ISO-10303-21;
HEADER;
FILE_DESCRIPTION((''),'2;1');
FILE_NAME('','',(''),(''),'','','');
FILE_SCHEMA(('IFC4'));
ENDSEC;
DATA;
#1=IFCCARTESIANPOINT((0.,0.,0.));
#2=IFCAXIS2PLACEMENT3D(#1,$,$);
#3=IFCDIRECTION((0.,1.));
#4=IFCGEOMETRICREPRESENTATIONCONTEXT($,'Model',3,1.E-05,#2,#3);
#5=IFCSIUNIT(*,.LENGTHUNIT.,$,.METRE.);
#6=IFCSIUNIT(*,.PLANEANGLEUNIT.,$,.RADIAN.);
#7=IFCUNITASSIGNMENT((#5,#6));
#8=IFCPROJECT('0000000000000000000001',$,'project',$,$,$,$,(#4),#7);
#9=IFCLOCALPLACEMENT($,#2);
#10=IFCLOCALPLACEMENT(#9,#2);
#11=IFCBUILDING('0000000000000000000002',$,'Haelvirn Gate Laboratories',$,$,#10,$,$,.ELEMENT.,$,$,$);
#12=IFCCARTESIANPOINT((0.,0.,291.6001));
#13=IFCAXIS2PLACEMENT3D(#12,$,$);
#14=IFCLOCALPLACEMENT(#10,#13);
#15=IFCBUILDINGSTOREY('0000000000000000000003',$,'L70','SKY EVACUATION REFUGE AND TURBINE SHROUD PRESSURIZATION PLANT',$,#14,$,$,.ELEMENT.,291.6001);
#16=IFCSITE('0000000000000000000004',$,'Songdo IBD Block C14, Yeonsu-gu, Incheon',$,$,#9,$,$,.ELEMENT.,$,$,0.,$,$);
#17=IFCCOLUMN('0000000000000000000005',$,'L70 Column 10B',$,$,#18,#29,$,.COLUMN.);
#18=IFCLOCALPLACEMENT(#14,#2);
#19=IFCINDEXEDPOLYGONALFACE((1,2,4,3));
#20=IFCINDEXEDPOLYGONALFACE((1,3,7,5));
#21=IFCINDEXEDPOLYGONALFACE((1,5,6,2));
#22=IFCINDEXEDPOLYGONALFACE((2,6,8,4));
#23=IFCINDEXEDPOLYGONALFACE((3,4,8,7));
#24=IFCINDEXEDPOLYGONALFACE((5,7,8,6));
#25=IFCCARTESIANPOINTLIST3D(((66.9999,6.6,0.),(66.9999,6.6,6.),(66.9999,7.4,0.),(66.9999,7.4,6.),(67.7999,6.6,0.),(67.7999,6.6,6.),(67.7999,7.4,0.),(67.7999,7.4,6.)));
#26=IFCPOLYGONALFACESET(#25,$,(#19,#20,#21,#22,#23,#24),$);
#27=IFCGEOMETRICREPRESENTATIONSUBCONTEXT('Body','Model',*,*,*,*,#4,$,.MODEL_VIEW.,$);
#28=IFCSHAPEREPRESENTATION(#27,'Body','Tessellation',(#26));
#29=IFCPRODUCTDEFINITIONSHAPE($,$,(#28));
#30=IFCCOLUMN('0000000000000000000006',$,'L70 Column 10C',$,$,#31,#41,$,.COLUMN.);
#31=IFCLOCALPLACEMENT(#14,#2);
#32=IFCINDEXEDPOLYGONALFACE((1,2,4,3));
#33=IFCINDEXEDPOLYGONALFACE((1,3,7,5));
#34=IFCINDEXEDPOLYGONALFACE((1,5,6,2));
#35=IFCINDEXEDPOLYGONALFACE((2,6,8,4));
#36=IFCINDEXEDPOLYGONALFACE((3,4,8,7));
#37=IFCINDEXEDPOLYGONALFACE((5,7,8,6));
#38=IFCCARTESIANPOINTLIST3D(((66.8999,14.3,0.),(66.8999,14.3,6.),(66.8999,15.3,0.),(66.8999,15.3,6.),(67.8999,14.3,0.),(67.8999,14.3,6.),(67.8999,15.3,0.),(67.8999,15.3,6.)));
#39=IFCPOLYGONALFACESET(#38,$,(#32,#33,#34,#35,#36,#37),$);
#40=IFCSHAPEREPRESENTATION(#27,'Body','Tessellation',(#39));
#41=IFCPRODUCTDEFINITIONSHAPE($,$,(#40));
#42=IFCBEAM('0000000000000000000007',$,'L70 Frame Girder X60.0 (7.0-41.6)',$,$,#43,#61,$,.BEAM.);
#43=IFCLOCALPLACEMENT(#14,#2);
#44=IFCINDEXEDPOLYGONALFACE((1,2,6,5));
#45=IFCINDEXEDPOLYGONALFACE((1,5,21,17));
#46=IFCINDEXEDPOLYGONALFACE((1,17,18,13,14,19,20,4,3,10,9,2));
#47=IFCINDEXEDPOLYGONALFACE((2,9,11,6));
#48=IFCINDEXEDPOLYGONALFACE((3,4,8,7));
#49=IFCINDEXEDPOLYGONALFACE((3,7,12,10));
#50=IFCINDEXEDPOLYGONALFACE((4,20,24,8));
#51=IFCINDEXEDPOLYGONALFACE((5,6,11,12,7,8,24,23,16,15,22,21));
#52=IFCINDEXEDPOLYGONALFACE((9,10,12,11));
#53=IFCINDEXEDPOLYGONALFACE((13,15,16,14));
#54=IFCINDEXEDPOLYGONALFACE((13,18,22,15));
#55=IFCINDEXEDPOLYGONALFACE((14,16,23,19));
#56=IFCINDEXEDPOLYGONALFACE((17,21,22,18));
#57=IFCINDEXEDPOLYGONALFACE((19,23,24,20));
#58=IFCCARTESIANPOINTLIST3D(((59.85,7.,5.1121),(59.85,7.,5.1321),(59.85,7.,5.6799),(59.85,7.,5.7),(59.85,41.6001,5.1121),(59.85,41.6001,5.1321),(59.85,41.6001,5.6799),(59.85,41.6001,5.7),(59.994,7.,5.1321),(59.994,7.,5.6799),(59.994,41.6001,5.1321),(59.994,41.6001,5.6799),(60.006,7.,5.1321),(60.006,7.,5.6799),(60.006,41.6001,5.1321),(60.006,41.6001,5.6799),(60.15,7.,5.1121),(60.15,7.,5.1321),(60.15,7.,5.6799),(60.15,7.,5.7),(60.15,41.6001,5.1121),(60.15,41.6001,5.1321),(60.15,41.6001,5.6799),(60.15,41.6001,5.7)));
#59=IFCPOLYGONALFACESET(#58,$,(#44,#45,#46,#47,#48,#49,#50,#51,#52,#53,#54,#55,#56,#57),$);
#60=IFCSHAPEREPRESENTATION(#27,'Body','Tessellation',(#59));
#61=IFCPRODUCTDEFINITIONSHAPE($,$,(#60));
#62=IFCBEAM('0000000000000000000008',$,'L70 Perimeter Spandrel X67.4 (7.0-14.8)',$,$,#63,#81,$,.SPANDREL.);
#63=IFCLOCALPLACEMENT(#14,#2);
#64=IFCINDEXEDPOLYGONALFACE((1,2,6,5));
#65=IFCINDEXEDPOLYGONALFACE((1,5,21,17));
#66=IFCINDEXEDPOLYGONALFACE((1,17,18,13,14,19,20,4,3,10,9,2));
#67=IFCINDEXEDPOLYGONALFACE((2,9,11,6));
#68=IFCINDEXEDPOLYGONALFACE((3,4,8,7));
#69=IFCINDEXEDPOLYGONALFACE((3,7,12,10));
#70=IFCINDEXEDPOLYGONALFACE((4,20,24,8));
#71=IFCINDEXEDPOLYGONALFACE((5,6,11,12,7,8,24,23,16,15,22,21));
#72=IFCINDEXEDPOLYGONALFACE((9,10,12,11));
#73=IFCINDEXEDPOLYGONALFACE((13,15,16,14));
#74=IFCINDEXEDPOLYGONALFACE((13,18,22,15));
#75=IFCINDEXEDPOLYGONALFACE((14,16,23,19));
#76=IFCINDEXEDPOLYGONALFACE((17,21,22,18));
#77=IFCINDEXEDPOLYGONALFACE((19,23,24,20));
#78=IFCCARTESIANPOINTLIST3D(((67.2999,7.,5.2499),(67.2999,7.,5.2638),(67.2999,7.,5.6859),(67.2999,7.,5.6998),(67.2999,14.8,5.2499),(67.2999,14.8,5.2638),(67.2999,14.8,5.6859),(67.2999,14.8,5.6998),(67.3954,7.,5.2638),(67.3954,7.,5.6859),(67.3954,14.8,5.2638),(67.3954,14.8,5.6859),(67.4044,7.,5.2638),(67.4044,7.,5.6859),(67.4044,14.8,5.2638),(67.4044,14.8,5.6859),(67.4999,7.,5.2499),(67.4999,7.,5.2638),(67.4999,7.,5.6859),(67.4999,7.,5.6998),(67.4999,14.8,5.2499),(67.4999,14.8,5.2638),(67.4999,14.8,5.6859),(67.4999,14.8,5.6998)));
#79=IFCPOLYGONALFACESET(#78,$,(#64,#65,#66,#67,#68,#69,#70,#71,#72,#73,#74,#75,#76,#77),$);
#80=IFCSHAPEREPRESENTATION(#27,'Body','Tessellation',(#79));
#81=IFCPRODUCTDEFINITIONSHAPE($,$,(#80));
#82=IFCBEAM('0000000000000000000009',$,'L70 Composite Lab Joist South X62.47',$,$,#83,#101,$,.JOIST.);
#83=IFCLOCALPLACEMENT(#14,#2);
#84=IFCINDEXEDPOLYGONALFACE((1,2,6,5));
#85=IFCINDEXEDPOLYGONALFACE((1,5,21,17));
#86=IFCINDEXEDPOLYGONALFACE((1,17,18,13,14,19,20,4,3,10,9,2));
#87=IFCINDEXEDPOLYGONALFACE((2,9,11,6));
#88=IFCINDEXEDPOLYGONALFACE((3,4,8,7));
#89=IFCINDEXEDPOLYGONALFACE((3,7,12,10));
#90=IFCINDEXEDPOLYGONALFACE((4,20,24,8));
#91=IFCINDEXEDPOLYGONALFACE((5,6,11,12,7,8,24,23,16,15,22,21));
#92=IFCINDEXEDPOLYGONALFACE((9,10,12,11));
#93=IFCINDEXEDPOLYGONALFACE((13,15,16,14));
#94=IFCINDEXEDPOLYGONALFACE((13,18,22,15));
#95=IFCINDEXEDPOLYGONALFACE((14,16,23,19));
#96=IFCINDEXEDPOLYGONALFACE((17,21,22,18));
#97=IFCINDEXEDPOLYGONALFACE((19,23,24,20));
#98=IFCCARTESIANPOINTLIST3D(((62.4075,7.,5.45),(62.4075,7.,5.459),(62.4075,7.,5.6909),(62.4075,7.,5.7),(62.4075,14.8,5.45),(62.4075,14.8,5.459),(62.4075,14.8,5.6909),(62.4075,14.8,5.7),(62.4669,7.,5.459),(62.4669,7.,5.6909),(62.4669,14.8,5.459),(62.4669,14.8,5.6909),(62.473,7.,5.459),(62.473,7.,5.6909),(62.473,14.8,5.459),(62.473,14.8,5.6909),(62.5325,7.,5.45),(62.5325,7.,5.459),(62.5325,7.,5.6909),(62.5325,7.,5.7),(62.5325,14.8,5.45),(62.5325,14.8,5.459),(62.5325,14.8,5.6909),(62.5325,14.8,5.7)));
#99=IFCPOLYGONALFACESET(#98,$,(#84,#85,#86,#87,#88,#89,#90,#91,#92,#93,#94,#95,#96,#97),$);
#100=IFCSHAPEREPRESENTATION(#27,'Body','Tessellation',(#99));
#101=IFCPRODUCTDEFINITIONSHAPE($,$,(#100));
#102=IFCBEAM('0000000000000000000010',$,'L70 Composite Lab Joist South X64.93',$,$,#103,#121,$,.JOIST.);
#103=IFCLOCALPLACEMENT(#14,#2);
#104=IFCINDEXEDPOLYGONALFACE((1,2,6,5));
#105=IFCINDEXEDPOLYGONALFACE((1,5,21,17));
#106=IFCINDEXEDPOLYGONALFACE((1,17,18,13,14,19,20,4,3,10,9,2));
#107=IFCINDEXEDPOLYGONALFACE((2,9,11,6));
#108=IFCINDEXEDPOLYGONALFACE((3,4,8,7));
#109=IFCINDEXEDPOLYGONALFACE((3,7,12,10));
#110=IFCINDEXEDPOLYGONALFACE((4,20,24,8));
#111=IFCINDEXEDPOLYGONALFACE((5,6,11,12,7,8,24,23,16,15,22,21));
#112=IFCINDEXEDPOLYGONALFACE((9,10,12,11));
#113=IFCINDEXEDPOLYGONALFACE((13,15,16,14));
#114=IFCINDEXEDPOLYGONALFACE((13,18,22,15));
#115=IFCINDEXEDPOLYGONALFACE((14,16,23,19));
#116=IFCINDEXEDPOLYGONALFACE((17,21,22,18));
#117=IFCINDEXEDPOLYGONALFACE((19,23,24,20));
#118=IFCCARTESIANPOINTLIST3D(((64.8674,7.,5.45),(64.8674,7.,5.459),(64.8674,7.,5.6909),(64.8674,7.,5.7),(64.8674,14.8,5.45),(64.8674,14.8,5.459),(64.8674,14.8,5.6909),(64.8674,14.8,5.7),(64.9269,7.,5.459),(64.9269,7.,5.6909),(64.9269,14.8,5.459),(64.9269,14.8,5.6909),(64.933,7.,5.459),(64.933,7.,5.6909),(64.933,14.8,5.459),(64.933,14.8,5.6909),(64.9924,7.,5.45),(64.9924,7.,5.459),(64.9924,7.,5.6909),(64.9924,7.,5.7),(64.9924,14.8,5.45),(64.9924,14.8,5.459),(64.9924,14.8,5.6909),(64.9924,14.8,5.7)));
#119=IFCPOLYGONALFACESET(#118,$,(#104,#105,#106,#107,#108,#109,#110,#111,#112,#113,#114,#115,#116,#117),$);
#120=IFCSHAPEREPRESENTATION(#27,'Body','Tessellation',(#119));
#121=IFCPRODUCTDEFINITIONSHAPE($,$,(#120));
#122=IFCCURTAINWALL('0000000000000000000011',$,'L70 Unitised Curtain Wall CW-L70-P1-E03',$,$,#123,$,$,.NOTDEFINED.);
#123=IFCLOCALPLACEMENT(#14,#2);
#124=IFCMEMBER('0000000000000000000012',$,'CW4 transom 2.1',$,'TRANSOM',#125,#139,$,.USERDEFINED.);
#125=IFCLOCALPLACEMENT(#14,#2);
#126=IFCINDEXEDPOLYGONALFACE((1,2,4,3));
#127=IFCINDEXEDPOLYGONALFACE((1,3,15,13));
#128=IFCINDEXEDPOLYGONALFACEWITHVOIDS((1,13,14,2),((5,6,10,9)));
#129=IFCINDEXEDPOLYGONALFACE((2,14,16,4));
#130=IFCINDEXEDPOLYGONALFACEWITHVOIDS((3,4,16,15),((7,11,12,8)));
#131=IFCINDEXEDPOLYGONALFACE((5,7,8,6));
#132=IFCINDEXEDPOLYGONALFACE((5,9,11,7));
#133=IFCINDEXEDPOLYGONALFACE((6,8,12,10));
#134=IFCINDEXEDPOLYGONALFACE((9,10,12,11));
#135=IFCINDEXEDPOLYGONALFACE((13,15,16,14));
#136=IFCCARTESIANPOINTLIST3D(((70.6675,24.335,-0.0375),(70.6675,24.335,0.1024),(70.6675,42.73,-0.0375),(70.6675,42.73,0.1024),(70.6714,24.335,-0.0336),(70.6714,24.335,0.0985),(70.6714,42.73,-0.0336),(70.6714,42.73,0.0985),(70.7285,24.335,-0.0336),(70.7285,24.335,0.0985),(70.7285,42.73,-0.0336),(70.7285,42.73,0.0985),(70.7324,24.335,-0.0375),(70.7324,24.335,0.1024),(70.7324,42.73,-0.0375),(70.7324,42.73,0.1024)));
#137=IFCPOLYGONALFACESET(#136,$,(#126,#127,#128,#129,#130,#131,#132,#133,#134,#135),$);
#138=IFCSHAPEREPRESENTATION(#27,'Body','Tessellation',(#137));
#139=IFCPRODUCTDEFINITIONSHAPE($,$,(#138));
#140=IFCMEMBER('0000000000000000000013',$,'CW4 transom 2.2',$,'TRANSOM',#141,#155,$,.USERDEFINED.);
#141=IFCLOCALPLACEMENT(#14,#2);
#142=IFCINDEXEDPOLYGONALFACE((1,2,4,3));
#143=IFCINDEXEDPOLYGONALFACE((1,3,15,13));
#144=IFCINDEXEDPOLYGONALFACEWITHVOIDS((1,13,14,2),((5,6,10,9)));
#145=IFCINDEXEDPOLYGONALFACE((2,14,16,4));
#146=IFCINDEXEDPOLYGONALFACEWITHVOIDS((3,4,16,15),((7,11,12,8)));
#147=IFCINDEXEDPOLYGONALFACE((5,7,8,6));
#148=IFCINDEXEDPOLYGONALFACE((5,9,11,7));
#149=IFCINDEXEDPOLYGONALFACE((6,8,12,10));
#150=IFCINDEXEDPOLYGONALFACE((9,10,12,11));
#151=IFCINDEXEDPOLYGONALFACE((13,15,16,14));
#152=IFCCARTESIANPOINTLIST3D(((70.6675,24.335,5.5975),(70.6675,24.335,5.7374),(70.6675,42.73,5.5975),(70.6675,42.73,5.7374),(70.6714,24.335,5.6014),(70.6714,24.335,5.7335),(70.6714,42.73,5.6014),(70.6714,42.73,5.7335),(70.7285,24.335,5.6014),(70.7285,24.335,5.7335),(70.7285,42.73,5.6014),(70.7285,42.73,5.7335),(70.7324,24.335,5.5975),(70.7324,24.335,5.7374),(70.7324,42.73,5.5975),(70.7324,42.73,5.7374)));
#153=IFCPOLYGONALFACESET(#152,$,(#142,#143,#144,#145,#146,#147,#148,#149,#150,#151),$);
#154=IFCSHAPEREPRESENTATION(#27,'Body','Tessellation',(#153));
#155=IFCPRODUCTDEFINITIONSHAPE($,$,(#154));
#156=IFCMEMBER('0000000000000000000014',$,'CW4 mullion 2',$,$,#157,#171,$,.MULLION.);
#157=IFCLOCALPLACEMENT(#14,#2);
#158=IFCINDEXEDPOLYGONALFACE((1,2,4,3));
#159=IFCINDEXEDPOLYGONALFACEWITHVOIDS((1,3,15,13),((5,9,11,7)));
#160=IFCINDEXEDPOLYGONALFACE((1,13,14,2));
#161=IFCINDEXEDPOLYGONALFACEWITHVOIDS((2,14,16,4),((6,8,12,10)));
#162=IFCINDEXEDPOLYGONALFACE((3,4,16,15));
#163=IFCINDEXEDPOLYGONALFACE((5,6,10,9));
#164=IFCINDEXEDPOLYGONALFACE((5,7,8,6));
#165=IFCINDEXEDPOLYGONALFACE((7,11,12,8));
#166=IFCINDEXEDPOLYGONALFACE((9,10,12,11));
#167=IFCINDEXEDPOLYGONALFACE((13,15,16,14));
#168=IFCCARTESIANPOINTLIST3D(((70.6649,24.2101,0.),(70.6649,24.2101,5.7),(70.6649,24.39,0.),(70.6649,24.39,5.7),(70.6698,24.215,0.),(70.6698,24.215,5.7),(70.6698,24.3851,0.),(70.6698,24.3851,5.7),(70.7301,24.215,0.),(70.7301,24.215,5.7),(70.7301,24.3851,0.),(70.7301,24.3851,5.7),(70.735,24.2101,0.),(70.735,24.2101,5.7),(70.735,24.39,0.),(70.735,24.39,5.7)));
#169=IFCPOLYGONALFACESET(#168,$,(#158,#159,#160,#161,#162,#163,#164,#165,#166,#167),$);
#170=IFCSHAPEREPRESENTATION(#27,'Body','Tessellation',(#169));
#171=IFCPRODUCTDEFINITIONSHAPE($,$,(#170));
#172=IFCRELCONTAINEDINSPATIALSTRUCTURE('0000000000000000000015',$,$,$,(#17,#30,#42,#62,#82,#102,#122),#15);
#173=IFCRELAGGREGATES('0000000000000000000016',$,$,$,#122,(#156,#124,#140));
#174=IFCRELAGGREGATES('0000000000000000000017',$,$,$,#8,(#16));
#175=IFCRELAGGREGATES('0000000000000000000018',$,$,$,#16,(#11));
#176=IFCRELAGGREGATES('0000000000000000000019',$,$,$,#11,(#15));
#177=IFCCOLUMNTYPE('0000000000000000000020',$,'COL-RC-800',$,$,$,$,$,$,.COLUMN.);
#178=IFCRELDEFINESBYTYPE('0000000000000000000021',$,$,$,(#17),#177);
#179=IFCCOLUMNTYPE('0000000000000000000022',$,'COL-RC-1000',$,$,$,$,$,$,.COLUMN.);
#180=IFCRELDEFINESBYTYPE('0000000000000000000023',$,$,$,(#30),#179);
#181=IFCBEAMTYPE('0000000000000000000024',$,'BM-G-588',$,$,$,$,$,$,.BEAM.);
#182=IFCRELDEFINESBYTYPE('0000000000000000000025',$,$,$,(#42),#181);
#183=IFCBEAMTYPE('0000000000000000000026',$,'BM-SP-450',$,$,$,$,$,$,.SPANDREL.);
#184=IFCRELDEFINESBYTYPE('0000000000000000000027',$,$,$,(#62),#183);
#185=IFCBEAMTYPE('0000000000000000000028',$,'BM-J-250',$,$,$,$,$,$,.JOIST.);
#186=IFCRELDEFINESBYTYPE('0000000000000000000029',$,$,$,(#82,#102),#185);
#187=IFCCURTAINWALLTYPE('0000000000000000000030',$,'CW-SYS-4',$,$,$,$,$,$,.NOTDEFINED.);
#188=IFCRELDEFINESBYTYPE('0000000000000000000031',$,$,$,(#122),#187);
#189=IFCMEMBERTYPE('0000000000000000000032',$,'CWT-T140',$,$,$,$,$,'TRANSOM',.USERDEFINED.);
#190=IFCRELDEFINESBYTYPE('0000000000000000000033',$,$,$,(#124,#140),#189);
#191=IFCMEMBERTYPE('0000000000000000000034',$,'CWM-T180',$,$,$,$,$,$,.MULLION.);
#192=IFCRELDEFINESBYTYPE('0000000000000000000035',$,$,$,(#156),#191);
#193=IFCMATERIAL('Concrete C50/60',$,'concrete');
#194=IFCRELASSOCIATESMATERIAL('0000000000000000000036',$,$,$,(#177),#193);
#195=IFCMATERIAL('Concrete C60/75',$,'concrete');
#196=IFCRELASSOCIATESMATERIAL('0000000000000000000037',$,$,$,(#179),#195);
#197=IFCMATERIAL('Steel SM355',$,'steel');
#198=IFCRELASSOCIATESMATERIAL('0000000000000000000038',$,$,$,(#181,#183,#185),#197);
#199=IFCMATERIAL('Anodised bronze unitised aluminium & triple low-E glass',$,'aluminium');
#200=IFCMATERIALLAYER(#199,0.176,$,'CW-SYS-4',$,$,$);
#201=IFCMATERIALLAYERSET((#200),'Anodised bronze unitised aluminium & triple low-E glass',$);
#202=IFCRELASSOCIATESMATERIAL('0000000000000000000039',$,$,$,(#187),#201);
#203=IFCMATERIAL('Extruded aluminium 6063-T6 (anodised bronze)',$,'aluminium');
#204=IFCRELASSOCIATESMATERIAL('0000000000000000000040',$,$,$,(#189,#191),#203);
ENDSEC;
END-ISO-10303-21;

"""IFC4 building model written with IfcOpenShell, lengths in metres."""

from ifc_helpers import new_model, si_unit, direction, frame, origin, origin_2d, place, context, subcontext, project, spatial, rectangle, hollow_rectangle, i_section, extrude, source, transform, mapped, material, layer, layer_set, material_profile, profile_set, type_object, type_shapes, element, aggregate, save


model = new_model("IFC4")

# Units and contexts
model_context = context("Model", 3, precision=1e-05, world=origin(), true_north=direction((0.0, 1.0)))
body_context = subcontext(model_context, "Body", "Model", "MODEL_VIEW")
ifc_project = project(units=[si_unit("LENGTHUNIT", "METRE"), si_unit("PLANEANGLEUNIT", "RADIAN")], contexts=[model_context])

# Site, building, storey
site_placement = place(None, origin())
site = spatial("IfcSite", under=ifc_project, at=site_placement, Name="Songdo IBD Block C14, Yeonsu-gu, Incheon", CompositionType="ELEMENT", RefElevation=0.0)
building_placement = place(site_placement, origin())
building = spatial("IfcBuilding", under=site, at=building_placement, Name="Haelvirn Gate Laboratories", CompositionType="ELEMENT")
storey_placement = place(building_placement, frame((0.0, 0.0, 291.6001)))
storey = spatial("IfcBuildingStorey", under=building, at=storey_placement, Name="L70", Description="SKY EVACUATION REFUGE AND TURBINE SHROUD PRESSURIZATION PLANT", CompositionType="ELEMENT", Elevation=291.6001)

# Columns
ifc_material_1 = material(Name="Concrete C50/60", Category="concrete")
ifc_material_profile_1 = material_profile(ifc_material_1, rectangle(XDim=0.8, YDim=0.8, at=origin_2d()), Name="RC-800x800")
ifc_profile_set_1 = profile_set([ifc_material_profile_1], Name="Concrete C50/60")
column_type_1 = type_object("IfcColumnType", Name="COL-RC-800", PredefinedType="COLUMN", material=ifc_profile_set_1)
shared_shape_1 = source(origin(), body_context, "Body", "SweptSolid", [
    extrude(rectangle(XDim=0.8, YDim=0.8, at=origin_2d()), origin(), (0.0, 0.0, 1.0), 6.0),
])
type_shapes(column_type_1, [shared_shape_1])
column_1_placement = place(storey_placement, frame((67.3999, 7.0, 0.0), z_axis=(0.0, 0.0, 1.0), x_axis=(1.0, 0.0, 0.0)))
element("IfcColumn", 1, at=column_1_placement, inside=storey, type_object=column_type_1, Name="L70 Column 10B", PredefinedType="COLUMN", context=body_context, shape_type="MappedRepresentation", body=[
    mapped(shared_shape_1, transform((0.0, 0.0, 0.0), scale=1.0)),
])
ifc_material_2 = material(Name="Concrete C60/75", Category="concrete")
ifc_material_profile_2 = material_profile(ifc_material_2, rectangle(XDim=1.0, YDim=1.0, at=origin_2d()), Name="RC-1000x1000")
ifc_profile_set_2 = profile_set([ifc_material_profile_2], Name="Concrete C60/75")
column_type_2 = type_object("IfcColumnType", Name="COL-RC-1000", PredefinedType="COLUMN", material=ifc_profile_set_2)
shared_shape_2 = source(origin(), body_context, "Body", "SweptSolid", [
    extrude(rectangle(XDim=1.0, YDim=1.0, at=origin_2d()), origin(), (0.0, 0.0, 1.0), 6.0),
])
type_shapes(column_type_2, [shared_shape_2])
column_2_placement = place(storey_placement, frame((67.3999, 14.8, 0.0), z_axis=(0.0, 0.0, 1.0), x_axis=(1.0, 0.0, 0.0)))
element("IfcColumn", 2, at=column_2_placement, inside=storey, type_object=column_type_2, Name="L70 Column 10C", PredefinedType="COLUMN", context=body_context, shape_type="MappedRepresentation", body=[
    mapped(shared_shape_2, transform((0.0, 0.0, 0.0), scale=1.0)),
])

# Beams
ifc_material_3 = material(Name="Steel SM355", Category="steel")
ifc_material_profile_3 = material_profile(ifc_material_3, i_section(OverallWidth=0.3, OverallDepth=0.5879, WebThickness=0.012, FlangeThickness=0.02, at=origin_2d()), Name="H-588x300x12x20")
ifc_profile_set_3 = profile_set([ifc_material_profile_3], Name="Steel SM355")
beam_type_1 = type_object("IfcBeamType", Name="BM-G-588", PredefinedType="BEAM", material=ifc_profile_set_3)
shared_shape_3 = source(origin(), body_context, "Body", "SweptSolid", [
    extrude(i_section(OverallWidth=0.3, OverallDepth=0.5879, WebThickness=0.012, FlangeThickness=0.02, at=origin_2d()), origin(), (0.0, 0.0, 1.0), 34.6001),
])
type_shapes(beam_type_1, [shared_shape_3])
beam_1_placement = place(storey_placement, frame((60.0, 7.0, 5.406), z_axis=(0.0, 1.0, 0.0), x_axis=(-1.0, 0.0, 0.0)))
element("IfcBeam", 3, at=beam_1_placement, inside=storey, type_object=beam_type_1, Name="L70 Frame Girder X60.0 (7.0-41.6)", PredefinedType="BEAM", context=body_context, shape_type="MappedRepresentation", body=[
    mapped(shared_shape_3, transform((0.0, 0.0, 0.0), scale=1.0)),
])
ifc_material_profile_4 = material_profile(ifc_material_3, i_section(OverallWidth=0.2, OverallDepth=0.45, WebThickness=0.009, FlangeThickness=0.0139, at=origin_2d()), Name="H-450x200x9x14")
ifc_profile_set_4 = profile_set([ifc_material_profile_4], Name="Steel SM355")
beam_type_2 = type_object("IfcBeamType", Name="BM-SP-450", PredefinedType="SPANDREL", material=ifc_profile_set_4)
shared_shape_4 = source(origin(), body_context, "Body", "SweptSolid", [
    extrude(i_section(OverallWidth=0.2, OverallDepth=0.45, WebThickness=0.009, FlangeThickness=0.0139, at=origin_2d()), origin(), (0.0, 0.0, 1.0), 7.8),
])
type_shapes(beam_type_2, [shared_shape_4])
beam_2_placement = place(storey_placement, frame((67.3999, 7.0, 5.4749), z_axis=(0.0, 1.0, 0.0), x_axis=(-1.0, 0.0, 0.0)))
element("IfcBeam", 4, at=beam_2_placement, inside=storey, type_object=beam_type_2, Name="L70 Perimeter Spandrel X67.4 (7.0-14.8)", PredefinedType="SPANDREL", context=body_context, shape_type="MappedRepresentation", body=[
    mapped(shared_shape_4, transform((0.0, 0.0, 0.0), scale=1.0)),
])
ifc_material_profile_5 = material_profile(ifc_material_3, i_section(OverallWidth=0.125, OverallDepth=0.25, WebThickness=0.0061, FlangeThickness=0.009, at=origin_2d()), Name="H-250x125x6x9")
ifc_profile_set_5 = profile_set([ifc_material_profile_5], Name="Steel SM355")
beam_type_3 = type_object("IfcBeamType", Name="BM-J-250", PredefinedType="JOIST", material=ifc_profile_set_5)
shared_shape_5 = source(origin(), body_context, "Body", "SweptSolid", [
    extrude(i_section(OverallWidth=0.125, OverallDepth=0.25, WebThickness=0.0061, FlangeThickness=0.009, at=origin_2d()), origin(), (0.0, 0.0, 1.0), 7.8),
])
type_shapes(beam_type_3, [shared_shape_5])
for number, where, z_axis, x_axis, name in (
    (5, (62.47, 7.0, 5.575), (0.0, 1.0, 0.0), (-1.0, 0.0, 0.0), "L70 Composite Lab Joist South X62.47"),
    (6, (64.9299, 7.0, 5.575), (0.0, 1.0, 0.0), (-1.0, 0.0, 0.0), "L70 Composite Lab Joist South X64.93"),
):
    element("IfcBeam", number, at=place(storey_placement, frame(where, z_axis=z_axis, x_axis=x_axis)), inside=storey, type_object=beam_type_3, Name=name, PredefinedType="JOIST", context=body_context, shape_type="MappedRepresentation", body=[
        mapped(shared_shape_5, transform((0.0, 0.0, 0.0), scale=1.0)),
    ])

# Curtain wall, members
ifc_material_4 = material(Name="Anodised bronze unitised aluminium & triple low-E glass", Category="aluminium")
ifc_layer_1 = layer(ifc_material_4, 0.176, Name="CW-SYS-4")
ifc_layer_set_1 = layer_set([ifc_layer_1], Name="Anodised bronze unitised aluminium & triple low-E glass")
curtain_wall_type = type_object("IfcCurtainWallType", Name="CW-SYS-4", PredefinedType="NOTDEFINED", material=ifc_layer_set_1)
curtain_wall_placement = place(storey_placement, origin())
curtain_wall = element("IfcCurtainWall", 7, at=curtain_wall_placement, inside=storey, type_object=curtain_wall_type, Name="L70 Unitised Curtain Wall CW-L70-P1-E03", PredefinedType="NOTDEFINED")
ifc_material_5 = material(Name="Extruded aluminium 6063-T6 (anodised bronze)", Category="aluminium")
ifc_material_profile_6 = material_profile(ifc_material_5, hollow_rectangle(XDim=0.0649, YDim=0.1399, WallThickness=0.0039, at=origin_2d()), Name="CWT-140x65x4")
ifc_profile_set_6 = profile_set([ifc_material_profile_6], Name="Extruded aluminium 6063-T6 (anodised bronze)")
member_type_1 = type_object("IfcMemberType", Name="CWT-T140", ElementType="TRANSOM", PredefinedType="USERDEFINED", material=ifc_profile_set_6)
shared_shape_6 = source(origin(), body_context, "Body", "SweptSolid", [
    extrude(hollow_rectangle(XDim=0.0649, YDim=0.1399, WallThickness=0.0039, at=origin_2d()), origin(), (0.0, 0.0, 1.0), 18.395),
])
type_shapes(member_type_1, [shared_shape_6])
member_1_placement = place(storey_placement, frame((70.7, 24.335, 0.0325), z_axis=(0.0, 1.0, 0.0), x_axis=(-1.0, 0.0, 0.0)))
member_1 = element("IfcMember", 8, at=member_1_placement, type_object=member_type_1, Name="CW4 transom 2.1", ObjectType="TRANSOM", PredefinedType="USERDEFINED", context=body_context, shape_type="MappedRepresentation", body=[
    mapped(shared_shape_6, transform((0.0, 0.0, 0.0), scale=1.0)),
])
member_2_placement = place(storey_placement, frame((70.7, 24.335, 5.6675), z_axis=(0.0, 1.0, 0.0), x_axis=(-1.0, 0.0, 0.0)))
member_2 = element("IfcMember", 9, at=member_2_placement, type_object=member_type_1, Name="CW4 transom 2.2", ObjectType="TRANSOM", PredefinedType="USERDEFINED", context=body_context, shape_type="MappedRepresentation", body=[
    mapped(shared_shape_6, transform((0.0, 0.0, 0.0), scale=1.0)),
])
ifc_material_profile_7 = material_profile(ifc_material_5, hollow_rectangle(XDim=0.0701, YDim=0.1799, WallThickness=0.0049, at=origin_2d()), Name="CWM-180x70x5")
ifc_profile_set_7 = profile_set([ifc_material_profile_7], Name="Extruded aluminium 6063-T6 (anodised bronze)")
member_type_2 = type_object("IfcMemberType", Name="CWM-T180", PredefinedType="MULLION", material=ifc_profile_set_7)
shared_shape_7 = source(origin(), body_context, "Body", "SweptSolid", [
    extrude(hollow_rectangle(XDim=0.0701, YDim=0.1799, WallThickness=0.0049, at=origin_2d()), origin(), (0.0, 0.0, 1.0), 5.7),
])
type_shapes(member_type_2, [shared_shape_7])
member_3_placement = place(storey_placement, frame((70.7, 24.3, 0.0), z_axis=(0.0, 0.0, 1.0), x_axis=(-1.0, 0.0, 0.0)))
member_3 = element("IfcMember", 10, at=member_3_placement, type_object=member_type_2, Name="CW4 mullion 2", PredefinedType="MULLION", context=body_context, shape_type="MappedRepresentation", body=[
    mapped(shared_shape_7, transform((0.0, 0.0, 0.0), scale=1.0)),
])
aggregate(curtain_wall, [member_3, member_1, member_2])

save(model, "model.ifc")
